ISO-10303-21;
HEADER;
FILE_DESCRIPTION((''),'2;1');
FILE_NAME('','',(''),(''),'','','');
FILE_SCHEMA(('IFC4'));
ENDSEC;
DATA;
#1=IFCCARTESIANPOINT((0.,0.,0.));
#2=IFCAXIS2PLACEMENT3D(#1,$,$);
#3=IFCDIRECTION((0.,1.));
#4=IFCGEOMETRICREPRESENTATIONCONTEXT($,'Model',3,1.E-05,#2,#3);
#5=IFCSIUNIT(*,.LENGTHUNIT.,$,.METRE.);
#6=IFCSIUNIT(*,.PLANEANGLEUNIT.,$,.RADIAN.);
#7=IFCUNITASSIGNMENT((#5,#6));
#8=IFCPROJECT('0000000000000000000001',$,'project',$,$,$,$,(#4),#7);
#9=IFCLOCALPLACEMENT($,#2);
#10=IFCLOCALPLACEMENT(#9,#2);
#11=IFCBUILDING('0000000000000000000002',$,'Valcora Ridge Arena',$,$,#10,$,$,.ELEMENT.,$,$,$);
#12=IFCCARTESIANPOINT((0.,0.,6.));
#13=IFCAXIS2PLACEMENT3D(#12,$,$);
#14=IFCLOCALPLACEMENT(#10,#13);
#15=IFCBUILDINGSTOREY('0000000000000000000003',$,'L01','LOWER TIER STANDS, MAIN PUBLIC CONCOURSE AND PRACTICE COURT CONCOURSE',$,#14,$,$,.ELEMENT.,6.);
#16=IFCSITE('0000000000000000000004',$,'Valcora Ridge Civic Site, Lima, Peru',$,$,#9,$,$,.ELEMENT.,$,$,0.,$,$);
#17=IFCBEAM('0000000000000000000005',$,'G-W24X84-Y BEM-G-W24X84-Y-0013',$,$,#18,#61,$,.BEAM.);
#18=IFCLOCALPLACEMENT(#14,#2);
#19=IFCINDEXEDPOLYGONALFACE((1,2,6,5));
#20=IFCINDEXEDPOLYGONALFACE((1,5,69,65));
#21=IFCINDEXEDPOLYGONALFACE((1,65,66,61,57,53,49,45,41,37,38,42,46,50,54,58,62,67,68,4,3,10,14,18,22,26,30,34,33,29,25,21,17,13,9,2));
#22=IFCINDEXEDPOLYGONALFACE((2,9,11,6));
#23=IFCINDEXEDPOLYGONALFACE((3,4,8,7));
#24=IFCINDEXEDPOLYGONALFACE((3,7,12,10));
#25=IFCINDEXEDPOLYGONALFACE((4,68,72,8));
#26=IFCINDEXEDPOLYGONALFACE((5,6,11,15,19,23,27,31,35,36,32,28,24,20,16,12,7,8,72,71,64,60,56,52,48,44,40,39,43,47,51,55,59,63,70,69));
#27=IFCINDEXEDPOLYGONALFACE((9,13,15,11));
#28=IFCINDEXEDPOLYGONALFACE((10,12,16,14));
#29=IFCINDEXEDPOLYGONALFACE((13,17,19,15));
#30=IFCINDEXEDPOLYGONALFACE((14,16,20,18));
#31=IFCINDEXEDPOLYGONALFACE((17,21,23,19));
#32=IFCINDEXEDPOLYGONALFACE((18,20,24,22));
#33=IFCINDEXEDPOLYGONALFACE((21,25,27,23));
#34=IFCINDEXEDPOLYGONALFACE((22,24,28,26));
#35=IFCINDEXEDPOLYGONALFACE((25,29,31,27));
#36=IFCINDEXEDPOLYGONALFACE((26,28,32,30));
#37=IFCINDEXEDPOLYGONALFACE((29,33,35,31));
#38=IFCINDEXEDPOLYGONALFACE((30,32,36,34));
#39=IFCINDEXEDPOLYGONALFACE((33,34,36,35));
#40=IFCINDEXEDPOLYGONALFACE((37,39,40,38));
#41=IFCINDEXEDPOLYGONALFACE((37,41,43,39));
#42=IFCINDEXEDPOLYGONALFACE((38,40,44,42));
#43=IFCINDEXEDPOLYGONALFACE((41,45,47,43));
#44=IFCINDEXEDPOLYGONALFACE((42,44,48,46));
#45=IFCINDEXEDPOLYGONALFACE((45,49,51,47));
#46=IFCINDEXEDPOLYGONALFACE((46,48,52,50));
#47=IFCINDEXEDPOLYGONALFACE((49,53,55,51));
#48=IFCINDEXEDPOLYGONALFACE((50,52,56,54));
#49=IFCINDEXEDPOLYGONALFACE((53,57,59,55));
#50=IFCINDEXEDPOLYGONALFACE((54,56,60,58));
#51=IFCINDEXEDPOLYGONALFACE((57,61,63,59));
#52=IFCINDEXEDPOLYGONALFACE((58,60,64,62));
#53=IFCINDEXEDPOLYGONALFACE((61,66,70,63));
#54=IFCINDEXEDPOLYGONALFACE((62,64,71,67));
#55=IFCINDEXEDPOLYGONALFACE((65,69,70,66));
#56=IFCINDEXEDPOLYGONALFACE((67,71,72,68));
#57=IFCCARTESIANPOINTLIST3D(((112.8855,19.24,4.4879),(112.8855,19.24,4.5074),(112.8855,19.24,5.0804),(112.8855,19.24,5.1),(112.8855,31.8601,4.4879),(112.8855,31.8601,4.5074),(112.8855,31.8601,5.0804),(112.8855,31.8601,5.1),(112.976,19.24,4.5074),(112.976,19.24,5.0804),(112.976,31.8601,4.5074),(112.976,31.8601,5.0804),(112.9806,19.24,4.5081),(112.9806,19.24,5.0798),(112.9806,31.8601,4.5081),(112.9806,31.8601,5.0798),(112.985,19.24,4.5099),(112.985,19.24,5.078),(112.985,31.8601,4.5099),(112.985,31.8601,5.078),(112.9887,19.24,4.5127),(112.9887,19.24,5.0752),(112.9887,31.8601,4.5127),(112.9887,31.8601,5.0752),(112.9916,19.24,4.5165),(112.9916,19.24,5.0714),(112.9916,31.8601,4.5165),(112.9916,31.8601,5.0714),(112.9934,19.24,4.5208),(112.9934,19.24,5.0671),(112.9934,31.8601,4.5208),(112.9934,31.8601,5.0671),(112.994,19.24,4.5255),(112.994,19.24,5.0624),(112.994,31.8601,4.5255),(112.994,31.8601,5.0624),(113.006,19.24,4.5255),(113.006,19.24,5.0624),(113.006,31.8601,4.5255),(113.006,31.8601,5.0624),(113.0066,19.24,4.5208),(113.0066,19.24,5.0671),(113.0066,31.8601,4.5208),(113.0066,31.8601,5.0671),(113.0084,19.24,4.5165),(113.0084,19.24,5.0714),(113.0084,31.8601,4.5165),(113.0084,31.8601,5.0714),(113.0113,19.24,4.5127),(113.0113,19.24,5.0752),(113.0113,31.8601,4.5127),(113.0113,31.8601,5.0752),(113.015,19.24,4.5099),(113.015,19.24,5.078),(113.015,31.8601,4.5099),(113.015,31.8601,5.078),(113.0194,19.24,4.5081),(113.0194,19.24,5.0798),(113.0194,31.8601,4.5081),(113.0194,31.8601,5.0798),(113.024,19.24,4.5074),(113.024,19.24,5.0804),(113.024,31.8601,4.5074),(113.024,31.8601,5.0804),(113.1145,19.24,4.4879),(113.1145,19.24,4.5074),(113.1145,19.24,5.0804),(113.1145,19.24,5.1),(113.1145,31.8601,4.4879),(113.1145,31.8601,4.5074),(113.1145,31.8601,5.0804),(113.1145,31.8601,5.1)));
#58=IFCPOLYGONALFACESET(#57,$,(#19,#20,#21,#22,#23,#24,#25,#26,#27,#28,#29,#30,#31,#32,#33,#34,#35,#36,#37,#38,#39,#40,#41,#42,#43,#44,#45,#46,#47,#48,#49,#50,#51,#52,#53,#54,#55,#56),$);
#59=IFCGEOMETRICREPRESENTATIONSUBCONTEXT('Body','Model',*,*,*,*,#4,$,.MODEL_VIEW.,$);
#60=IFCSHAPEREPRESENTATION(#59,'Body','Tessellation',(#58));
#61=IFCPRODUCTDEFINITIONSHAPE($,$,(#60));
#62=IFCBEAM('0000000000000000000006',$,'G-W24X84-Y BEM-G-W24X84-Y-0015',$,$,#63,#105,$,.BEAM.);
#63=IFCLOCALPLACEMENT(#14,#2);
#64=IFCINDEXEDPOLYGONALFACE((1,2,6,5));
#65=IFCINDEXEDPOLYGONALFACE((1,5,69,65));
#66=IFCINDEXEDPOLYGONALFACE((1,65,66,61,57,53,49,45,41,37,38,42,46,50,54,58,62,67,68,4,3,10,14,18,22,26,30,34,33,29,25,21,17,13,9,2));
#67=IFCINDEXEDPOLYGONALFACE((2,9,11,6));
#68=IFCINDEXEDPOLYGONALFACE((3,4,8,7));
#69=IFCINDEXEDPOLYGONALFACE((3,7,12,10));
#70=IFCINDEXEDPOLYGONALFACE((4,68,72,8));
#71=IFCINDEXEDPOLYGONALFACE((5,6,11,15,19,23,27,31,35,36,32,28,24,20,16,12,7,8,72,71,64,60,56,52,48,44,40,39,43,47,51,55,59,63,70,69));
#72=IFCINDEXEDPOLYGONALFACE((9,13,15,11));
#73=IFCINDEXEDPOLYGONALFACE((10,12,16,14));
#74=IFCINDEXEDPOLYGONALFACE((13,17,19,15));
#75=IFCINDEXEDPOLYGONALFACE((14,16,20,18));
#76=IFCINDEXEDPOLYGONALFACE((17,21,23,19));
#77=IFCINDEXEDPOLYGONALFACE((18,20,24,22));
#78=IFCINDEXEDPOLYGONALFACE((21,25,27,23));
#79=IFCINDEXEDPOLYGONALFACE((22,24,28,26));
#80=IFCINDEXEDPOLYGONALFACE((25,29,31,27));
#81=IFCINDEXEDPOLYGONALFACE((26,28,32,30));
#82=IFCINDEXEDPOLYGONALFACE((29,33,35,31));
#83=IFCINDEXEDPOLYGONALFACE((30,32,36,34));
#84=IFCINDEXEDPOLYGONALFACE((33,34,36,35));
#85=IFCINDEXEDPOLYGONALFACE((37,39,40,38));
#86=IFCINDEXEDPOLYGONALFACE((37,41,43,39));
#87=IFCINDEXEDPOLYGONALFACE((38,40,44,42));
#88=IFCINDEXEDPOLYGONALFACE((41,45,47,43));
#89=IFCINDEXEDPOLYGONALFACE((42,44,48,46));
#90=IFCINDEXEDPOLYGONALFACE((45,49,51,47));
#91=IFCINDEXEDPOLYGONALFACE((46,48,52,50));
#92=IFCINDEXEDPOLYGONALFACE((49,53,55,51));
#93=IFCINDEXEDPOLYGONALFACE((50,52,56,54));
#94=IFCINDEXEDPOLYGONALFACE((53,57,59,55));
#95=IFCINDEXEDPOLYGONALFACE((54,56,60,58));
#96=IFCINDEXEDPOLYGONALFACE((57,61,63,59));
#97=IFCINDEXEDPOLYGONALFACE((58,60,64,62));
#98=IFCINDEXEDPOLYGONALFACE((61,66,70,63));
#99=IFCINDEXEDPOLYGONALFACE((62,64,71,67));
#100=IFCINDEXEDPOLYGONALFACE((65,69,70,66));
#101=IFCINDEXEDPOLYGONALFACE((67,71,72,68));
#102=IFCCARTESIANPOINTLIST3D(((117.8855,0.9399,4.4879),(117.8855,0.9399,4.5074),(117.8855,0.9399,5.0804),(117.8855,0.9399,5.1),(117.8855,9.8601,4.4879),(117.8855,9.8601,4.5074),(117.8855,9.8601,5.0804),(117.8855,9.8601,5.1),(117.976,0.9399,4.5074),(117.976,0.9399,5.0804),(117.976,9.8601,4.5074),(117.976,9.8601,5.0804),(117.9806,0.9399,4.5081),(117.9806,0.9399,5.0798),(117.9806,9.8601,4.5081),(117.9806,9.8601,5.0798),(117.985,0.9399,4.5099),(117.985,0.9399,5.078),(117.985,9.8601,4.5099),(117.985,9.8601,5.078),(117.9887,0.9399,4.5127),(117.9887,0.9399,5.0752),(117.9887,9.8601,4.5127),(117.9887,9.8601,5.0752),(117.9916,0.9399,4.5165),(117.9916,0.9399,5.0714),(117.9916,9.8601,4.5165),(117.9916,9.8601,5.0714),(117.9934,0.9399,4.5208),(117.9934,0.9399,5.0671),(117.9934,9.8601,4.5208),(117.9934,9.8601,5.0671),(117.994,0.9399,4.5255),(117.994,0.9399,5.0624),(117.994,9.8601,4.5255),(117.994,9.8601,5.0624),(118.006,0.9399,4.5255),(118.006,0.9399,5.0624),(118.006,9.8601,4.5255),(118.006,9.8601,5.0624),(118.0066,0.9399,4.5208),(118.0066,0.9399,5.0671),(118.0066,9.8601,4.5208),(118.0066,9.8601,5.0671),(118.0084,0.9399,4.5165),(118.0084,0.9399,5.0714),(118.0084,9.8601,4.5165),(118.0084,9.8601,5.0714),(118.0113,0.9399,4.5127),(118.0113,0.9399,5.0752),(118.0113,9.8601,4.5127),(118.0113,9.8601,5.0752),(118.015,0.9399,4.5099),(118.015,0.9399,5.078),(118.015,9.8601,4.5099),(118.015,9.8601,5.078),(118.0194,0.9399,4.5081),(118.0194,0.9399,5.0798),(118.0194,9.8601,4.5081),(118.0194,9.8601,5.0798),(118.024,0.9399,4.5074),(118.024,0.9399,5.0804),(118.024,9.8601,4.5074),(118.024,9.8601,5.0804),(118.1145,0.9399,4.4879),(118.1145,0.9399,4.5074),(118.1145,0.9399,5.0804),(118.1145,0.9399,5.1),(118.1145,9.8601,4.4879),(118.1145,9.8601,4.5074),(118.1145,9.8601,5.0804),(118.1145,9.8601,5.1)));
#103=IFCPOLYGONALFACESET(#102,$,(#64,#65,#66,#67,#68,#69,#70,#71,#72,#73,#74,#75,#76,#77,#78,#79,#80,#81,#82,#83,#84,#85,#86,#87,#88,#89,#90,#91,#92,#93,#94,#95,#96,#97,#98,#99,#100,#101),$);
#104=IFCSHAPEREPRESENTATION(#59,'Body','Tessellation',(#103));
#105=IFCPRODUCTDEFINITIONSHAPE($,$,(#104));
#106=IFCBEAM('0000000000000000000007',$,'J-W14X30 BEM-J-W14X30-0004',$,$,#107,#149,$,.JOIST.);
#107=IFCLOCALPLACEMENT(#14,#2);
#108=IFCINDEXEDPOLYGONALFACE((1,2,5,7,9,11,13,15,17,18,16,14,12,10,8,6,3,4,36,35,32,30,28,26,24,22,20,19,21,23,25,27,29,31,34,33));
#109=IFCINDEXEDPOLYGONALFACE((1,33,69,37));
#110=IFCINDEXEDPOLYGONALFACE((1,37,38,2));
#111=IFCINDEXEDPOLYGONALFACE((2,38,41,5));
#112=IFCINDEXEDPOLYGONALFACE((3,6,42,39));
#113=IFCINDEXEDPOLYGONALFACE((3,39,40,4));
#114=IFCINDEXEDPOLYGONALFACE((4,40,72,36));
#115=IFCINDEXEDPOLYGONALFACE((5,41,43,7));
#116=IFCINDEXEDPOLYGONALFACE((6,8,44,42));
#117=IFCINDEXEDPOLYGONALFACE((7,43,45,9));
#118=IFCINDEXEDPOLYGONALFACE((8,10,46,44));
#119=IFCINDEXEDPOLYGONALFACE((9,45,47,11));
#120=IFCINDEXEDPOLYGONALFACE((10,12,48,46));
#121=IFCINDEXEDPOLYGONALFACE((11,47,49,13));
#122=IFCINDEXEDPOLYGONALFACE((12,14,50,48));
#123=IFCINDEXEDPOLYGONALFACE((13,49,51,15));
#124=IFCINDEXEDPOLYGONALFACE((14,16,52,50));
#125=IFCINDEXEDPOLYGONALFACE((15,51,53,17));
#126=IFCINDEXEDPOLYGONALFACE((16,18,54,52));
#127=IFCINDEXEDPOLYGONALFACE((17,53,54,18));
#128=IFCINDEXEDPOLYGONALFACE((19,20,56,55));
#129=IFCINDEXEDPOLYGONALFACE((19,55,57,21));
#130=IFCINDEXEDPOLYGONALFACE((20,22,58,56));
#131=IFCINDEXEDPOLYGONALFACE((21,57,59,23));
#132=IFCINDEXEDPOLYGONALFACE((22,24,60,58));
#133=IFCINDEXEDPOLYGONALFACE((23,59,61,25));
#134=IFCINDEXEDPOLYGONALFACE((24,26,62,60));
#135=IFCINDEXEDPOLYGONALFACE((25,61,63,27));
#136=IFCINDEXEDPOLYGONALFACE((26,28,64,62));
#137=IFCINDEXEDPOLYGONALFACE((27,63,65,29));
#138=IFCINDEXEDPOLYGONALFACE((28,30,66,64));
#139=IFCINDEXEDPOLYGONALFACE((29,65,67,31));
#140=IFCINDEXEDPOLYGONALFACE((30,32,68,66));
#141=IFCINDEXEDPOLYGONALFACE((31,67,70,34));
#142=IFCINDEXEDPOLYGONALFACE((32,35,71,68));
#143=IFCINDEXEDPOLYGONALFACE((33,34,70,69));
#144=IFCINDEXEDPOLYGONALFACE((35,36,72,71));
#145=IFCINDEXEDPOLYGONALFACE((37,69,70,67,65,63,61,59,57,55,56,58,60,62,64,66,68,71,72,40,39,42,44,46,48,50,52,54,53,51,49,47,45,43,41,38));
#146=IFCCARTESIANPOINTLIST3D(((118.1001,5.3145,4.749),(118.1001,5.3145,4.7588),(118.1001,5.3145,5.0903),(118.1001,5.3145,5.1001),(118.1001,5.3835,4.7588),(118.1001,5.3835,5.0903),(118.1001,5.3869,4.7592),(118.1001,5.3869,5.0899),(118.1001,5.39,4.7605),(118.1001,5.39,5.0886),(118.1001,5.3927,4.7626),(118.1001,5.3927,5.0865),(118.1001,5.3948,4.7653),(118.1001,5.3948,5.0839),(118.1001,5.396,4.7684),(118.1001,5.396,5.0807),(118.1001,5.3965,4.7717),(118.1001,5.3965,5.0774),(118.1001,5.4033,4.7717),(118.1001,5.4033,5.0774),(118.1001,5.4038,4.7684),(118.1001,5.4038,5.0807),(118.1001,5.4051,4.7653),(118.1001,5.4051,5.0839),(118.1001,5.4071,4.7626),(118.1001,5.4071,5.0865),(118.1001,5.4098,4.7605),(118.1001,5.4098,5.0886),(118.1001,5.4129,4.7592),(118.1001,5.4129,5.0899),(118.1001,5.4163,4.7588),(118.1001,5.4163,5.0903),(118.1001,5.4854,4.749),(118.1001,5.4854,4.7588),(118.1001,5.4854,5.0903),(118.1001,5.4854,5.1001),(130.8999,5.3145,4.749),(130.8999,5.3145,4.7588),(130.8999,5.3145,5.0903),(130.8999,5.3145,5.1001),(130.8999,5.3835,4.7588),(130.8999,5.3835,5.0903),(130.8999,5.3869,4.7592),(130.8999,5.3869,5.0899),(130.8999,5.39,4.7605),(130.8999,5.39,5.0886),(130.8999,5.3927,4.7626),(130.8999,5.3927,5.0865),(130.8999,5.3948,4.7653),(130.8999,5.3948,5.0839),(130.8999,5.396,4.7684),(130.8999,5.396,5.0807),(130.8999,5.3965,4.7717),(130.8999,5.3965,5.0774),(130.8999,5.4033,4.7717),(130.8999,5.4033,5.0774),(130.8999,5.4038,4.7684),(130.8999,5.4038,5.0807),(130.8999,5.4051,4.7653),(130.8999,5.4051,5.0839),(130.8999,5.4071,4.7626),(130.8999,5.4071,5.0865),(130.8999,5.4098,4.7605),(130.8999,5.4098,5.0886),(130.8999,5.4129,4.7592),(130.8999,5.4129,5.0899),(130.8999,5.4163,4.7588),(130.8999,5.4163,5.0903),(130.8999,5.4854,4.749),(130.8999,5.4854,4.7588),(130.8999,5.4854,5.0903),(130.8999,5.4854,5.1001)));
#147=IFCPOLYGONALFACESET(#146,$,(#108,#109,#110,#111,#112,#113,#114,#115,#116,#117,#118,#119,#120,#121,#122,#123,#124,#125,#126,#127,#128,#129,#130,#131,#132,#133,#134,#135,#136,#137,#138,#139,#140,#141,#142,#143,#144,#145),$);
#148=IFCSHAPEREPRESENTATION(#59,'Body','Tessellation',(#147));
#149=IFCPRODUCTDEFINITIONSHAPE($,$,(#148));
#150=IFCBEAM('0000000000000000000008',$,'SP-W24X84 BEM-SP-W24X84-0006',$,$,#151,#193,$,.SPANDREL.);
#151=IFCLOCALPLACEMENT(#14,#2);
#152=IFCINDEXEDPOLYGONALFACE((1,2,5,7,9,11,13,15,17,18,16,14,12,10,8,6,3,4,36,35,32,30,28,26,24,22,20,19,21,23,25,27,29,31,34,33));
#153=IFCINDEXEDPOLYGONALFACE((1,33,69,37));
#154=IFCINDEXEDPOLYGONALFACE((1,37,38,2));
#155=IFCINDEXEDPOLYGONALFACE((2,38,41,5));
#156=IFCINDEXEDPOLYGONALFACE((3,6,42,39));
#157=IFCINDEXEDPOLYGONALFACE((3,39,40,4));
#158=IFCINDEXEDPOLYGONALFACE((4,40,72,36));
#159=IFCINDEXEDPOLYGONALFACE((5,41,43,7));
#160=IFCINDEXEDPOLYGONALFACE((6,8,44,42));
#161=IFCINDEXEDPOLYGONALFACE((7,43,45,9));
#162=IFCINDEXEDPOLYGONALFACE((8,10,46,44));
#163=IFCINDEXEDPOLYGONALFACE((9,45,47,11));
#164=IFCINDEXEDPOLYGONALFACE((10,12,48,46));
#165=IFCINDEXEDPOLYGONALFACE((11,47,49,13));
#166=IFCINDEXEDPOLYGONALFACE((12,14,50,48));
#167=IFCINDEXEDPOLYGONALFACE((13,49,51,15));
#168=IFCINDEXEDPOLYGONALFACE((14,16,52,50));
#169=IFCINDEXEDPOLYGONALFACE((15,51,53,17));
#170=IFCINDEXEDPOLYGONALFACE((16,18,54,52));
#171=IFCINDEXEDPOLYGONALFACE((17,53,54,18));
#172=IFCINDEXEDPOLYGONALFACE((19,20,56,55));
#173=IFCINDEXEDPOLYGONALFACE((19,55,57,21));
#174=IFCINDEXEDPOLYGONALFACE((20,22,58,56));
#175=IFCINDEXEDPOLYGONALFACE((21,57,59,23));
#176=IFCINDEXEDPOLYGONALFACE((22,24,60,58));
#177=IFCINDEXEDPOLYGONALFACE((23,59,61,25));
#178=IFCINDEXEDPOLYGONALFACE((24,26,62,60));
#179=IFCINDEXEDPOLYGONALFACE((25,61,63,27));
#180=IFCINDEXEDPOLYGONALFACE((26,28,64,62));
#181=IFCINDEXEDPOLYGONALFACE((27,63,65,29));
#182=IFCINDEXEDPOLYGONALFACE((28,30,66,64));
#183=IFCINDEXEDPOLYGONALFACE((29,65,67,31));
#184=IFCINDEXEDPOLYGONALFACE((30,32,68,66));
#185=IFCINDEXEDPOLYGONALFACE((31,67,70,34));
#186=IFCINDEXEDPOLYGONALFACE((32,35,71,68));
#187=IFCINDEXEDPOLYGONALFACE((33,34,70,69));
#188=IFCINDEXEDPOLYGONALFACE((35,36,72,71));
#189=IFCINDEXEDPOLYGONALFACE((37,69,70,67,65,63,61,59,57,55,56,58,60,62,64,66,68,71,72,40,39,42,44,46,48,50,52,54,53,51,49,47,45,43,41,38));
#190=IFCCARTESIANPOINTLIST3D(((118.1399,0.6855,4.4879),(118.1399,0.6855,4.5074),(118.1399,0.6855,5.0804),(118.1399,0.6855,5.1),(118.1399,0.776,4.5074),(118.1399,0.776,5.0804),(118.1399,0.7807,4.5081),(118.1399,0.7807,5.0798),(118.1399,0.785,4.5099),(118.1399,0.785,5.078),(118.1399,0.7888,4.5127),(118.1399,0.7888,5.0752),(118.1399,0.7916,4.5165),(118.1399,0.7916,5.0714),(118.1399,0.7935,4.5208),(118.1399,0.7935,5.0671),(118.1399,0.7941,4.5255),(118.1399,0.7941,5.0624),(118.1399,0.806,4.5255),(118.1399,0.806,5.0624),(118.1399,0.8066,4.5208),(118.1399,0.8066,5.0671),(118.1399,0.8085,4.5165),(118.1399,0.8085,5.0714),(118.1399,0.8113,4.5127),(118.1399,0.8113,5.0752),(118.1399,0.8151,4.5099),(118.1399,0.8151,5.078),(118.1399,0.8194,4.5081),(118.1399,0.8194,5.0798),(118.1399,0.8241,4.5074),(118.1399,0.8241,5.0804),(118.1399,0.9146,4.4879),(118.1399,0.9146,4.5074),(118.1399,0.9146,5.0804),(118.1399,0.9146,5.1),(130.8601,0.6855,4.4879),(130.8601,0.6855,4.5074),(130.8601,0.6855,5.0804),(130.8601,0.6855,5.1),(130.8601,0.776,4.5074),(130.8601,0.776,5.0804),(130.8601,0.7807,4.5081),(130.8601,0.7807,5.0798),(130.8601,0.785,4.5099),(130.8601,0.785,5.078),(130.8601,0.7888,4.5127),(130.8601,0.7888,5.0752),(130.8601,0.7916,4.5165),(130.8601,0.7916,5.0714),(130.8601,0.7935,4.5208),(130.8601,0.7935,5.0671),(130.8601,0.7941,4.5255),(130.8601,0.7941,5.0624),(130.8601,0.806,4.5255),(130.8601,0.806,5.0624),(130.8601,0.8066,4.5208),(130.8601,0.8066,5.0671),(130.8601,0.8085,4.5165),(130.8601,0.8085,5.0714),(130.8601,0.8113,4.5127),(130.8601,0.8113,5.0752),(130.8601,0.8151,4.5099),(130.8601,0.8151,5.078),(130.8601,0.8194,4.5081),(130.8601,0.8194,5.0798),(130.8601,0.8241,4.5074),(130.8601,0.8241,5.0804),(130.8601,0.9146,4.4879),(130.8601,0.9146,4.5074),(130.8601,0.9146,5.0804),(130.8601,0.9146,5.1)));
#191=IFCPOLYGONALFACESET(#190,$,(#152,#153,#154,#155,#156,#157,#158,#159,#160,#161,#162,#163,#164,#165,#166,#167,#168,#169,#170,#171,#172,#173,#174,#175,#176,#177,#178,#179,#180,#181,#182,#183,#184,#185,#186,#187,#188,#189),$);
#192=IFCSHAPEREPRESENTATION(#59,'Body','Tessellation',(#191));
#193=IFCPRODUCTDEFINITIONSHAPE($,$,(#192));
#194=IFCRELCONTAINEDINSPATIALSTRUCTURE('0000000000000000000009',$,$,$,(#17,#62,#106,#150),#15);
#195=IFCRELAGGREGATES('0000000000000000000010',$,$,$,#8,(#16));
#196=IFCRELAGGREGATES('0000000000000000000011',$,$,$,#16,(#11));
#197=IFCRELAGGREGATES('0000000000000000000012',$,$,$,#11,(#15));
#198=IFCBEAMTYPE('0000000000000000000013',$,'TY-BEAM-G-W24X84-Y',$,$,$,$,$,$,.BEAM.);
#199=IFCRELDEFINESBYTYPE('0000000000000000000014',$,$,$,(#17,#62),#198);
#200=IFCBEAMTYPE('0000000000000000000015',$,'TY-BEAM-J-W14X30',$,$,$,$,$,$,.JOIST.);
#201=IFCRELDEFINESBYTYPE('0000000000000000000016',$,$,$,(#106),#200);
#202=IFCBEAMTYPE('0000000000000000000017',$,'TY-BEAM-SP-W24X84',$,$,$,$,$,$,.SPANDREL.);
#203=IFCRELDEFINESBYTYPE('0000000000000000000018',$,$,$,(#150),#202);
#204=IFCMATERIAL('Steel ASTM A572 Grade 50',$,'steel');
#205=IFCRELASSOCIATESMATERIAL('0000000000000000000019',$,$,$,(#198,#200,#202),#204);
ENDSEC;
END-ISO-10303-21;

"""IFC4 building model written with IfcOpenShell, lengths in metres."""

from ifc_helpers import new_model, si_unit, direction, frame, origin, origin_2d, place, context, subcontext, project, spatial, i_section, extrude, material, material_profile, profile_set, type_object, element, save


model = new_model("IFC4")

# Units and contexts
model_context = context("Model", 3, precision=1e-05, world=origin(), true_north=direction((0.0, 1.0)))
body_context = subcontext(model_context, "Body", "Model", "MODEL_VIEW")
ifc_project = project(units=[si_unit("LENGTHUNIT", "METRE"), si_unit("PLANEANGLEUNIT", "RADIAN")], contexts=[model_context])

# Site, building, storey
site_placement = place(None, origin())
site = spatial("IfcSite", under=ifc_project, at=site_placement, Name="Valcora Ridge Civic Site, Lima, Peru", CompositionType="ELEMENT", RefElevation=0.0)
building_placement = place(site_placement, origin())
building = spatial("IfcBuilding", under=site, at=building_placement, Name="Valcora Ridge Arena", CompositionType="ELEMENT")
storey_placement = place(building_placement, frame((0.0, 0.0, 6.0)))
storey = spatial("IfcBuildingStorey", under=building, at=storey_placement, Name="L01", Description="LOWER TIER STANDS, MAIN PUBLIC CONCOURSE AND PRACTICE COURT CONCOURSE", CompositionType="ELEMENT", Elevation=6.0)

# Shared definitions
ifc_material_1 = material(Name="Steel ASTM A572 Grade 50", Category="steel")

# Beams
ifc_material_profile_1 = material_profile(ifc_material_1, i_section(OverallWidth=0.229, OverallDepth=0.6121, WebThickness=0.012, FlangeThickness=0.0195, FilletRadius=0.0181, at=origin_2d()), Name="W24X84")
ifc_profile_set_1 = profile_set([ifc_material_profile_1], Name="Steel ASTM A572 Grade 50")
beam_type_1 = type_object("IfcBeamType", Name="TY-BEAM-G-W24X84-Y", PredefinedType="BEAM", material=ifc_profile_set_1)
beam_1_placement = place(storey_placement, frame((113.0, 19.24, 4.7939), z_axis=(0.0, 1.0, 0.0), x_axis=(-1.0, 0.0, 0.0)))
element("IfcBeam", 1, at=beam_1_placement, inside=storey, type_object=beam_type_1, Name="G-W24X84-Y BEM-G-W24X84-Y-0013", PredefinedType="BEAM", context=body_context, shape_type="SweptSolid", body=[
    extrude(i_section(OverallWidth=0.229, OverallDepth=0.6121, WebThickness=0.012, FlangeThickness=0.0195, FilletRadius=0.0181, at=origin_2d()), origin(), (0.0, 0.0, 1.0), 12.6201),
])
beam_2_placement = place(storey_placement, frame((118.0, 0.9399, 4.7939), z_axis=(0.0, 1.0, 0.0), x_axis=(-1.0, 0.0, 0.0)))
element("IfcBeam", 2, at=beam_2_placement, inside=storey, type_object=beam_type_1, Name="G-W24X84-Y BEM-G-W24X84-Y-0015", PredefinedType="BEAM", context=body_context, shape_type="SweptSolid", body=[
    extrude(i_section(OverallWidth=0.229, OverallDepth=0.6121, WebThickness=0.012, FlangeThickness=0.0195, FilletRadius=0.0181, at=origin_2d()), origin(), (0.0, 0.0, 1.0), 8.9202),
])
ifc_material_profile_2 = material_profile(ifc_material_1, i_section(OverallWidth=0.1709, OverallDepth=0.3511, WebThickness=0.0068, FlangeThickness=0.0098, FilletRadius=0.0129, at=origin_2d()), Name="W14X30")
ifc_profile_set_2 = profile_set([ifc_material_profile_2], Name="Steel ASTM A572 Grade 50")
beam_type_2 = type_object("IfcBeamType", Name="TY-BEAM-J-W14X30", PredefinedType="JOIST", material=ifc_profile_set_2)
beam_3_placement = place(storey_placement, frame((118.1001, 5.3999, 4.9246), z_axis=(1.0, 0.0, 0.0), x_axis=(0.0, 1.0, 0.0)))
element("IfcBeam", 3, at=beam_3_placement, inside=storey, type_object=beam_type_2, Name="J-W14X30 BEM-J-W14X30-0004", PredefinedType="JOIST", context=body_context, shape_type="SweptSolid", body=[
    extrude(i_section(OverallWidth=0.1709, OverallDepth=0.3511, WebThickness=0.0068, FlangeThickness=0.0098, FilletRadius=0.0129, at=origin_2d()), origin(), (0.0, 0.0, 1.0), 12.7998),
])
ifc_material_profile_3 = material_profile(ifc_material_1, i_section(OverallWidth=0.229, OverallDepth=0.6121, WebThickness=0.012, FlangeThickness=0.0195, FilletRadius=0.0181, at=origin_2d()), Name="W24X84")
ifc_profile_set_3 = profile_set([ifc_material_profile_3], Name="Steel ASTM A572 Grade 50")
beam_type_3 = type_object("IfcBeamType", Name="TY-BEAM-SP-W24X84", PredefinedType="SPANDREL", material=ifc_profile_set_3)
beam_4_placement = place(storey_placement, frame((118.1399, 0.8, 4.7939), z_axis=(1.0, 0.0, 0.0), x_axis=(0.0, 1.0, 0.0)))
element("IfcBeam", 4, at=beam_4_placement, inside=storey, type_object=beam_type_3, Name="SP-W24X84 BEM-SP-W24X84-0006", PredefinedType="SPANDREL", context=body_context, shape_type="SweptSolid", body=[
    extrude(i_section(OverallWidth=0.229, OverallDepth=0.6121, WebThickness=0.012, FlangeThickness=0.0195, FilletRadius=0.0181, at=origin_2d()), origin(), (0.0, 0.0, 1.0), 12.7202),
])

save(model, "model.ifc")
